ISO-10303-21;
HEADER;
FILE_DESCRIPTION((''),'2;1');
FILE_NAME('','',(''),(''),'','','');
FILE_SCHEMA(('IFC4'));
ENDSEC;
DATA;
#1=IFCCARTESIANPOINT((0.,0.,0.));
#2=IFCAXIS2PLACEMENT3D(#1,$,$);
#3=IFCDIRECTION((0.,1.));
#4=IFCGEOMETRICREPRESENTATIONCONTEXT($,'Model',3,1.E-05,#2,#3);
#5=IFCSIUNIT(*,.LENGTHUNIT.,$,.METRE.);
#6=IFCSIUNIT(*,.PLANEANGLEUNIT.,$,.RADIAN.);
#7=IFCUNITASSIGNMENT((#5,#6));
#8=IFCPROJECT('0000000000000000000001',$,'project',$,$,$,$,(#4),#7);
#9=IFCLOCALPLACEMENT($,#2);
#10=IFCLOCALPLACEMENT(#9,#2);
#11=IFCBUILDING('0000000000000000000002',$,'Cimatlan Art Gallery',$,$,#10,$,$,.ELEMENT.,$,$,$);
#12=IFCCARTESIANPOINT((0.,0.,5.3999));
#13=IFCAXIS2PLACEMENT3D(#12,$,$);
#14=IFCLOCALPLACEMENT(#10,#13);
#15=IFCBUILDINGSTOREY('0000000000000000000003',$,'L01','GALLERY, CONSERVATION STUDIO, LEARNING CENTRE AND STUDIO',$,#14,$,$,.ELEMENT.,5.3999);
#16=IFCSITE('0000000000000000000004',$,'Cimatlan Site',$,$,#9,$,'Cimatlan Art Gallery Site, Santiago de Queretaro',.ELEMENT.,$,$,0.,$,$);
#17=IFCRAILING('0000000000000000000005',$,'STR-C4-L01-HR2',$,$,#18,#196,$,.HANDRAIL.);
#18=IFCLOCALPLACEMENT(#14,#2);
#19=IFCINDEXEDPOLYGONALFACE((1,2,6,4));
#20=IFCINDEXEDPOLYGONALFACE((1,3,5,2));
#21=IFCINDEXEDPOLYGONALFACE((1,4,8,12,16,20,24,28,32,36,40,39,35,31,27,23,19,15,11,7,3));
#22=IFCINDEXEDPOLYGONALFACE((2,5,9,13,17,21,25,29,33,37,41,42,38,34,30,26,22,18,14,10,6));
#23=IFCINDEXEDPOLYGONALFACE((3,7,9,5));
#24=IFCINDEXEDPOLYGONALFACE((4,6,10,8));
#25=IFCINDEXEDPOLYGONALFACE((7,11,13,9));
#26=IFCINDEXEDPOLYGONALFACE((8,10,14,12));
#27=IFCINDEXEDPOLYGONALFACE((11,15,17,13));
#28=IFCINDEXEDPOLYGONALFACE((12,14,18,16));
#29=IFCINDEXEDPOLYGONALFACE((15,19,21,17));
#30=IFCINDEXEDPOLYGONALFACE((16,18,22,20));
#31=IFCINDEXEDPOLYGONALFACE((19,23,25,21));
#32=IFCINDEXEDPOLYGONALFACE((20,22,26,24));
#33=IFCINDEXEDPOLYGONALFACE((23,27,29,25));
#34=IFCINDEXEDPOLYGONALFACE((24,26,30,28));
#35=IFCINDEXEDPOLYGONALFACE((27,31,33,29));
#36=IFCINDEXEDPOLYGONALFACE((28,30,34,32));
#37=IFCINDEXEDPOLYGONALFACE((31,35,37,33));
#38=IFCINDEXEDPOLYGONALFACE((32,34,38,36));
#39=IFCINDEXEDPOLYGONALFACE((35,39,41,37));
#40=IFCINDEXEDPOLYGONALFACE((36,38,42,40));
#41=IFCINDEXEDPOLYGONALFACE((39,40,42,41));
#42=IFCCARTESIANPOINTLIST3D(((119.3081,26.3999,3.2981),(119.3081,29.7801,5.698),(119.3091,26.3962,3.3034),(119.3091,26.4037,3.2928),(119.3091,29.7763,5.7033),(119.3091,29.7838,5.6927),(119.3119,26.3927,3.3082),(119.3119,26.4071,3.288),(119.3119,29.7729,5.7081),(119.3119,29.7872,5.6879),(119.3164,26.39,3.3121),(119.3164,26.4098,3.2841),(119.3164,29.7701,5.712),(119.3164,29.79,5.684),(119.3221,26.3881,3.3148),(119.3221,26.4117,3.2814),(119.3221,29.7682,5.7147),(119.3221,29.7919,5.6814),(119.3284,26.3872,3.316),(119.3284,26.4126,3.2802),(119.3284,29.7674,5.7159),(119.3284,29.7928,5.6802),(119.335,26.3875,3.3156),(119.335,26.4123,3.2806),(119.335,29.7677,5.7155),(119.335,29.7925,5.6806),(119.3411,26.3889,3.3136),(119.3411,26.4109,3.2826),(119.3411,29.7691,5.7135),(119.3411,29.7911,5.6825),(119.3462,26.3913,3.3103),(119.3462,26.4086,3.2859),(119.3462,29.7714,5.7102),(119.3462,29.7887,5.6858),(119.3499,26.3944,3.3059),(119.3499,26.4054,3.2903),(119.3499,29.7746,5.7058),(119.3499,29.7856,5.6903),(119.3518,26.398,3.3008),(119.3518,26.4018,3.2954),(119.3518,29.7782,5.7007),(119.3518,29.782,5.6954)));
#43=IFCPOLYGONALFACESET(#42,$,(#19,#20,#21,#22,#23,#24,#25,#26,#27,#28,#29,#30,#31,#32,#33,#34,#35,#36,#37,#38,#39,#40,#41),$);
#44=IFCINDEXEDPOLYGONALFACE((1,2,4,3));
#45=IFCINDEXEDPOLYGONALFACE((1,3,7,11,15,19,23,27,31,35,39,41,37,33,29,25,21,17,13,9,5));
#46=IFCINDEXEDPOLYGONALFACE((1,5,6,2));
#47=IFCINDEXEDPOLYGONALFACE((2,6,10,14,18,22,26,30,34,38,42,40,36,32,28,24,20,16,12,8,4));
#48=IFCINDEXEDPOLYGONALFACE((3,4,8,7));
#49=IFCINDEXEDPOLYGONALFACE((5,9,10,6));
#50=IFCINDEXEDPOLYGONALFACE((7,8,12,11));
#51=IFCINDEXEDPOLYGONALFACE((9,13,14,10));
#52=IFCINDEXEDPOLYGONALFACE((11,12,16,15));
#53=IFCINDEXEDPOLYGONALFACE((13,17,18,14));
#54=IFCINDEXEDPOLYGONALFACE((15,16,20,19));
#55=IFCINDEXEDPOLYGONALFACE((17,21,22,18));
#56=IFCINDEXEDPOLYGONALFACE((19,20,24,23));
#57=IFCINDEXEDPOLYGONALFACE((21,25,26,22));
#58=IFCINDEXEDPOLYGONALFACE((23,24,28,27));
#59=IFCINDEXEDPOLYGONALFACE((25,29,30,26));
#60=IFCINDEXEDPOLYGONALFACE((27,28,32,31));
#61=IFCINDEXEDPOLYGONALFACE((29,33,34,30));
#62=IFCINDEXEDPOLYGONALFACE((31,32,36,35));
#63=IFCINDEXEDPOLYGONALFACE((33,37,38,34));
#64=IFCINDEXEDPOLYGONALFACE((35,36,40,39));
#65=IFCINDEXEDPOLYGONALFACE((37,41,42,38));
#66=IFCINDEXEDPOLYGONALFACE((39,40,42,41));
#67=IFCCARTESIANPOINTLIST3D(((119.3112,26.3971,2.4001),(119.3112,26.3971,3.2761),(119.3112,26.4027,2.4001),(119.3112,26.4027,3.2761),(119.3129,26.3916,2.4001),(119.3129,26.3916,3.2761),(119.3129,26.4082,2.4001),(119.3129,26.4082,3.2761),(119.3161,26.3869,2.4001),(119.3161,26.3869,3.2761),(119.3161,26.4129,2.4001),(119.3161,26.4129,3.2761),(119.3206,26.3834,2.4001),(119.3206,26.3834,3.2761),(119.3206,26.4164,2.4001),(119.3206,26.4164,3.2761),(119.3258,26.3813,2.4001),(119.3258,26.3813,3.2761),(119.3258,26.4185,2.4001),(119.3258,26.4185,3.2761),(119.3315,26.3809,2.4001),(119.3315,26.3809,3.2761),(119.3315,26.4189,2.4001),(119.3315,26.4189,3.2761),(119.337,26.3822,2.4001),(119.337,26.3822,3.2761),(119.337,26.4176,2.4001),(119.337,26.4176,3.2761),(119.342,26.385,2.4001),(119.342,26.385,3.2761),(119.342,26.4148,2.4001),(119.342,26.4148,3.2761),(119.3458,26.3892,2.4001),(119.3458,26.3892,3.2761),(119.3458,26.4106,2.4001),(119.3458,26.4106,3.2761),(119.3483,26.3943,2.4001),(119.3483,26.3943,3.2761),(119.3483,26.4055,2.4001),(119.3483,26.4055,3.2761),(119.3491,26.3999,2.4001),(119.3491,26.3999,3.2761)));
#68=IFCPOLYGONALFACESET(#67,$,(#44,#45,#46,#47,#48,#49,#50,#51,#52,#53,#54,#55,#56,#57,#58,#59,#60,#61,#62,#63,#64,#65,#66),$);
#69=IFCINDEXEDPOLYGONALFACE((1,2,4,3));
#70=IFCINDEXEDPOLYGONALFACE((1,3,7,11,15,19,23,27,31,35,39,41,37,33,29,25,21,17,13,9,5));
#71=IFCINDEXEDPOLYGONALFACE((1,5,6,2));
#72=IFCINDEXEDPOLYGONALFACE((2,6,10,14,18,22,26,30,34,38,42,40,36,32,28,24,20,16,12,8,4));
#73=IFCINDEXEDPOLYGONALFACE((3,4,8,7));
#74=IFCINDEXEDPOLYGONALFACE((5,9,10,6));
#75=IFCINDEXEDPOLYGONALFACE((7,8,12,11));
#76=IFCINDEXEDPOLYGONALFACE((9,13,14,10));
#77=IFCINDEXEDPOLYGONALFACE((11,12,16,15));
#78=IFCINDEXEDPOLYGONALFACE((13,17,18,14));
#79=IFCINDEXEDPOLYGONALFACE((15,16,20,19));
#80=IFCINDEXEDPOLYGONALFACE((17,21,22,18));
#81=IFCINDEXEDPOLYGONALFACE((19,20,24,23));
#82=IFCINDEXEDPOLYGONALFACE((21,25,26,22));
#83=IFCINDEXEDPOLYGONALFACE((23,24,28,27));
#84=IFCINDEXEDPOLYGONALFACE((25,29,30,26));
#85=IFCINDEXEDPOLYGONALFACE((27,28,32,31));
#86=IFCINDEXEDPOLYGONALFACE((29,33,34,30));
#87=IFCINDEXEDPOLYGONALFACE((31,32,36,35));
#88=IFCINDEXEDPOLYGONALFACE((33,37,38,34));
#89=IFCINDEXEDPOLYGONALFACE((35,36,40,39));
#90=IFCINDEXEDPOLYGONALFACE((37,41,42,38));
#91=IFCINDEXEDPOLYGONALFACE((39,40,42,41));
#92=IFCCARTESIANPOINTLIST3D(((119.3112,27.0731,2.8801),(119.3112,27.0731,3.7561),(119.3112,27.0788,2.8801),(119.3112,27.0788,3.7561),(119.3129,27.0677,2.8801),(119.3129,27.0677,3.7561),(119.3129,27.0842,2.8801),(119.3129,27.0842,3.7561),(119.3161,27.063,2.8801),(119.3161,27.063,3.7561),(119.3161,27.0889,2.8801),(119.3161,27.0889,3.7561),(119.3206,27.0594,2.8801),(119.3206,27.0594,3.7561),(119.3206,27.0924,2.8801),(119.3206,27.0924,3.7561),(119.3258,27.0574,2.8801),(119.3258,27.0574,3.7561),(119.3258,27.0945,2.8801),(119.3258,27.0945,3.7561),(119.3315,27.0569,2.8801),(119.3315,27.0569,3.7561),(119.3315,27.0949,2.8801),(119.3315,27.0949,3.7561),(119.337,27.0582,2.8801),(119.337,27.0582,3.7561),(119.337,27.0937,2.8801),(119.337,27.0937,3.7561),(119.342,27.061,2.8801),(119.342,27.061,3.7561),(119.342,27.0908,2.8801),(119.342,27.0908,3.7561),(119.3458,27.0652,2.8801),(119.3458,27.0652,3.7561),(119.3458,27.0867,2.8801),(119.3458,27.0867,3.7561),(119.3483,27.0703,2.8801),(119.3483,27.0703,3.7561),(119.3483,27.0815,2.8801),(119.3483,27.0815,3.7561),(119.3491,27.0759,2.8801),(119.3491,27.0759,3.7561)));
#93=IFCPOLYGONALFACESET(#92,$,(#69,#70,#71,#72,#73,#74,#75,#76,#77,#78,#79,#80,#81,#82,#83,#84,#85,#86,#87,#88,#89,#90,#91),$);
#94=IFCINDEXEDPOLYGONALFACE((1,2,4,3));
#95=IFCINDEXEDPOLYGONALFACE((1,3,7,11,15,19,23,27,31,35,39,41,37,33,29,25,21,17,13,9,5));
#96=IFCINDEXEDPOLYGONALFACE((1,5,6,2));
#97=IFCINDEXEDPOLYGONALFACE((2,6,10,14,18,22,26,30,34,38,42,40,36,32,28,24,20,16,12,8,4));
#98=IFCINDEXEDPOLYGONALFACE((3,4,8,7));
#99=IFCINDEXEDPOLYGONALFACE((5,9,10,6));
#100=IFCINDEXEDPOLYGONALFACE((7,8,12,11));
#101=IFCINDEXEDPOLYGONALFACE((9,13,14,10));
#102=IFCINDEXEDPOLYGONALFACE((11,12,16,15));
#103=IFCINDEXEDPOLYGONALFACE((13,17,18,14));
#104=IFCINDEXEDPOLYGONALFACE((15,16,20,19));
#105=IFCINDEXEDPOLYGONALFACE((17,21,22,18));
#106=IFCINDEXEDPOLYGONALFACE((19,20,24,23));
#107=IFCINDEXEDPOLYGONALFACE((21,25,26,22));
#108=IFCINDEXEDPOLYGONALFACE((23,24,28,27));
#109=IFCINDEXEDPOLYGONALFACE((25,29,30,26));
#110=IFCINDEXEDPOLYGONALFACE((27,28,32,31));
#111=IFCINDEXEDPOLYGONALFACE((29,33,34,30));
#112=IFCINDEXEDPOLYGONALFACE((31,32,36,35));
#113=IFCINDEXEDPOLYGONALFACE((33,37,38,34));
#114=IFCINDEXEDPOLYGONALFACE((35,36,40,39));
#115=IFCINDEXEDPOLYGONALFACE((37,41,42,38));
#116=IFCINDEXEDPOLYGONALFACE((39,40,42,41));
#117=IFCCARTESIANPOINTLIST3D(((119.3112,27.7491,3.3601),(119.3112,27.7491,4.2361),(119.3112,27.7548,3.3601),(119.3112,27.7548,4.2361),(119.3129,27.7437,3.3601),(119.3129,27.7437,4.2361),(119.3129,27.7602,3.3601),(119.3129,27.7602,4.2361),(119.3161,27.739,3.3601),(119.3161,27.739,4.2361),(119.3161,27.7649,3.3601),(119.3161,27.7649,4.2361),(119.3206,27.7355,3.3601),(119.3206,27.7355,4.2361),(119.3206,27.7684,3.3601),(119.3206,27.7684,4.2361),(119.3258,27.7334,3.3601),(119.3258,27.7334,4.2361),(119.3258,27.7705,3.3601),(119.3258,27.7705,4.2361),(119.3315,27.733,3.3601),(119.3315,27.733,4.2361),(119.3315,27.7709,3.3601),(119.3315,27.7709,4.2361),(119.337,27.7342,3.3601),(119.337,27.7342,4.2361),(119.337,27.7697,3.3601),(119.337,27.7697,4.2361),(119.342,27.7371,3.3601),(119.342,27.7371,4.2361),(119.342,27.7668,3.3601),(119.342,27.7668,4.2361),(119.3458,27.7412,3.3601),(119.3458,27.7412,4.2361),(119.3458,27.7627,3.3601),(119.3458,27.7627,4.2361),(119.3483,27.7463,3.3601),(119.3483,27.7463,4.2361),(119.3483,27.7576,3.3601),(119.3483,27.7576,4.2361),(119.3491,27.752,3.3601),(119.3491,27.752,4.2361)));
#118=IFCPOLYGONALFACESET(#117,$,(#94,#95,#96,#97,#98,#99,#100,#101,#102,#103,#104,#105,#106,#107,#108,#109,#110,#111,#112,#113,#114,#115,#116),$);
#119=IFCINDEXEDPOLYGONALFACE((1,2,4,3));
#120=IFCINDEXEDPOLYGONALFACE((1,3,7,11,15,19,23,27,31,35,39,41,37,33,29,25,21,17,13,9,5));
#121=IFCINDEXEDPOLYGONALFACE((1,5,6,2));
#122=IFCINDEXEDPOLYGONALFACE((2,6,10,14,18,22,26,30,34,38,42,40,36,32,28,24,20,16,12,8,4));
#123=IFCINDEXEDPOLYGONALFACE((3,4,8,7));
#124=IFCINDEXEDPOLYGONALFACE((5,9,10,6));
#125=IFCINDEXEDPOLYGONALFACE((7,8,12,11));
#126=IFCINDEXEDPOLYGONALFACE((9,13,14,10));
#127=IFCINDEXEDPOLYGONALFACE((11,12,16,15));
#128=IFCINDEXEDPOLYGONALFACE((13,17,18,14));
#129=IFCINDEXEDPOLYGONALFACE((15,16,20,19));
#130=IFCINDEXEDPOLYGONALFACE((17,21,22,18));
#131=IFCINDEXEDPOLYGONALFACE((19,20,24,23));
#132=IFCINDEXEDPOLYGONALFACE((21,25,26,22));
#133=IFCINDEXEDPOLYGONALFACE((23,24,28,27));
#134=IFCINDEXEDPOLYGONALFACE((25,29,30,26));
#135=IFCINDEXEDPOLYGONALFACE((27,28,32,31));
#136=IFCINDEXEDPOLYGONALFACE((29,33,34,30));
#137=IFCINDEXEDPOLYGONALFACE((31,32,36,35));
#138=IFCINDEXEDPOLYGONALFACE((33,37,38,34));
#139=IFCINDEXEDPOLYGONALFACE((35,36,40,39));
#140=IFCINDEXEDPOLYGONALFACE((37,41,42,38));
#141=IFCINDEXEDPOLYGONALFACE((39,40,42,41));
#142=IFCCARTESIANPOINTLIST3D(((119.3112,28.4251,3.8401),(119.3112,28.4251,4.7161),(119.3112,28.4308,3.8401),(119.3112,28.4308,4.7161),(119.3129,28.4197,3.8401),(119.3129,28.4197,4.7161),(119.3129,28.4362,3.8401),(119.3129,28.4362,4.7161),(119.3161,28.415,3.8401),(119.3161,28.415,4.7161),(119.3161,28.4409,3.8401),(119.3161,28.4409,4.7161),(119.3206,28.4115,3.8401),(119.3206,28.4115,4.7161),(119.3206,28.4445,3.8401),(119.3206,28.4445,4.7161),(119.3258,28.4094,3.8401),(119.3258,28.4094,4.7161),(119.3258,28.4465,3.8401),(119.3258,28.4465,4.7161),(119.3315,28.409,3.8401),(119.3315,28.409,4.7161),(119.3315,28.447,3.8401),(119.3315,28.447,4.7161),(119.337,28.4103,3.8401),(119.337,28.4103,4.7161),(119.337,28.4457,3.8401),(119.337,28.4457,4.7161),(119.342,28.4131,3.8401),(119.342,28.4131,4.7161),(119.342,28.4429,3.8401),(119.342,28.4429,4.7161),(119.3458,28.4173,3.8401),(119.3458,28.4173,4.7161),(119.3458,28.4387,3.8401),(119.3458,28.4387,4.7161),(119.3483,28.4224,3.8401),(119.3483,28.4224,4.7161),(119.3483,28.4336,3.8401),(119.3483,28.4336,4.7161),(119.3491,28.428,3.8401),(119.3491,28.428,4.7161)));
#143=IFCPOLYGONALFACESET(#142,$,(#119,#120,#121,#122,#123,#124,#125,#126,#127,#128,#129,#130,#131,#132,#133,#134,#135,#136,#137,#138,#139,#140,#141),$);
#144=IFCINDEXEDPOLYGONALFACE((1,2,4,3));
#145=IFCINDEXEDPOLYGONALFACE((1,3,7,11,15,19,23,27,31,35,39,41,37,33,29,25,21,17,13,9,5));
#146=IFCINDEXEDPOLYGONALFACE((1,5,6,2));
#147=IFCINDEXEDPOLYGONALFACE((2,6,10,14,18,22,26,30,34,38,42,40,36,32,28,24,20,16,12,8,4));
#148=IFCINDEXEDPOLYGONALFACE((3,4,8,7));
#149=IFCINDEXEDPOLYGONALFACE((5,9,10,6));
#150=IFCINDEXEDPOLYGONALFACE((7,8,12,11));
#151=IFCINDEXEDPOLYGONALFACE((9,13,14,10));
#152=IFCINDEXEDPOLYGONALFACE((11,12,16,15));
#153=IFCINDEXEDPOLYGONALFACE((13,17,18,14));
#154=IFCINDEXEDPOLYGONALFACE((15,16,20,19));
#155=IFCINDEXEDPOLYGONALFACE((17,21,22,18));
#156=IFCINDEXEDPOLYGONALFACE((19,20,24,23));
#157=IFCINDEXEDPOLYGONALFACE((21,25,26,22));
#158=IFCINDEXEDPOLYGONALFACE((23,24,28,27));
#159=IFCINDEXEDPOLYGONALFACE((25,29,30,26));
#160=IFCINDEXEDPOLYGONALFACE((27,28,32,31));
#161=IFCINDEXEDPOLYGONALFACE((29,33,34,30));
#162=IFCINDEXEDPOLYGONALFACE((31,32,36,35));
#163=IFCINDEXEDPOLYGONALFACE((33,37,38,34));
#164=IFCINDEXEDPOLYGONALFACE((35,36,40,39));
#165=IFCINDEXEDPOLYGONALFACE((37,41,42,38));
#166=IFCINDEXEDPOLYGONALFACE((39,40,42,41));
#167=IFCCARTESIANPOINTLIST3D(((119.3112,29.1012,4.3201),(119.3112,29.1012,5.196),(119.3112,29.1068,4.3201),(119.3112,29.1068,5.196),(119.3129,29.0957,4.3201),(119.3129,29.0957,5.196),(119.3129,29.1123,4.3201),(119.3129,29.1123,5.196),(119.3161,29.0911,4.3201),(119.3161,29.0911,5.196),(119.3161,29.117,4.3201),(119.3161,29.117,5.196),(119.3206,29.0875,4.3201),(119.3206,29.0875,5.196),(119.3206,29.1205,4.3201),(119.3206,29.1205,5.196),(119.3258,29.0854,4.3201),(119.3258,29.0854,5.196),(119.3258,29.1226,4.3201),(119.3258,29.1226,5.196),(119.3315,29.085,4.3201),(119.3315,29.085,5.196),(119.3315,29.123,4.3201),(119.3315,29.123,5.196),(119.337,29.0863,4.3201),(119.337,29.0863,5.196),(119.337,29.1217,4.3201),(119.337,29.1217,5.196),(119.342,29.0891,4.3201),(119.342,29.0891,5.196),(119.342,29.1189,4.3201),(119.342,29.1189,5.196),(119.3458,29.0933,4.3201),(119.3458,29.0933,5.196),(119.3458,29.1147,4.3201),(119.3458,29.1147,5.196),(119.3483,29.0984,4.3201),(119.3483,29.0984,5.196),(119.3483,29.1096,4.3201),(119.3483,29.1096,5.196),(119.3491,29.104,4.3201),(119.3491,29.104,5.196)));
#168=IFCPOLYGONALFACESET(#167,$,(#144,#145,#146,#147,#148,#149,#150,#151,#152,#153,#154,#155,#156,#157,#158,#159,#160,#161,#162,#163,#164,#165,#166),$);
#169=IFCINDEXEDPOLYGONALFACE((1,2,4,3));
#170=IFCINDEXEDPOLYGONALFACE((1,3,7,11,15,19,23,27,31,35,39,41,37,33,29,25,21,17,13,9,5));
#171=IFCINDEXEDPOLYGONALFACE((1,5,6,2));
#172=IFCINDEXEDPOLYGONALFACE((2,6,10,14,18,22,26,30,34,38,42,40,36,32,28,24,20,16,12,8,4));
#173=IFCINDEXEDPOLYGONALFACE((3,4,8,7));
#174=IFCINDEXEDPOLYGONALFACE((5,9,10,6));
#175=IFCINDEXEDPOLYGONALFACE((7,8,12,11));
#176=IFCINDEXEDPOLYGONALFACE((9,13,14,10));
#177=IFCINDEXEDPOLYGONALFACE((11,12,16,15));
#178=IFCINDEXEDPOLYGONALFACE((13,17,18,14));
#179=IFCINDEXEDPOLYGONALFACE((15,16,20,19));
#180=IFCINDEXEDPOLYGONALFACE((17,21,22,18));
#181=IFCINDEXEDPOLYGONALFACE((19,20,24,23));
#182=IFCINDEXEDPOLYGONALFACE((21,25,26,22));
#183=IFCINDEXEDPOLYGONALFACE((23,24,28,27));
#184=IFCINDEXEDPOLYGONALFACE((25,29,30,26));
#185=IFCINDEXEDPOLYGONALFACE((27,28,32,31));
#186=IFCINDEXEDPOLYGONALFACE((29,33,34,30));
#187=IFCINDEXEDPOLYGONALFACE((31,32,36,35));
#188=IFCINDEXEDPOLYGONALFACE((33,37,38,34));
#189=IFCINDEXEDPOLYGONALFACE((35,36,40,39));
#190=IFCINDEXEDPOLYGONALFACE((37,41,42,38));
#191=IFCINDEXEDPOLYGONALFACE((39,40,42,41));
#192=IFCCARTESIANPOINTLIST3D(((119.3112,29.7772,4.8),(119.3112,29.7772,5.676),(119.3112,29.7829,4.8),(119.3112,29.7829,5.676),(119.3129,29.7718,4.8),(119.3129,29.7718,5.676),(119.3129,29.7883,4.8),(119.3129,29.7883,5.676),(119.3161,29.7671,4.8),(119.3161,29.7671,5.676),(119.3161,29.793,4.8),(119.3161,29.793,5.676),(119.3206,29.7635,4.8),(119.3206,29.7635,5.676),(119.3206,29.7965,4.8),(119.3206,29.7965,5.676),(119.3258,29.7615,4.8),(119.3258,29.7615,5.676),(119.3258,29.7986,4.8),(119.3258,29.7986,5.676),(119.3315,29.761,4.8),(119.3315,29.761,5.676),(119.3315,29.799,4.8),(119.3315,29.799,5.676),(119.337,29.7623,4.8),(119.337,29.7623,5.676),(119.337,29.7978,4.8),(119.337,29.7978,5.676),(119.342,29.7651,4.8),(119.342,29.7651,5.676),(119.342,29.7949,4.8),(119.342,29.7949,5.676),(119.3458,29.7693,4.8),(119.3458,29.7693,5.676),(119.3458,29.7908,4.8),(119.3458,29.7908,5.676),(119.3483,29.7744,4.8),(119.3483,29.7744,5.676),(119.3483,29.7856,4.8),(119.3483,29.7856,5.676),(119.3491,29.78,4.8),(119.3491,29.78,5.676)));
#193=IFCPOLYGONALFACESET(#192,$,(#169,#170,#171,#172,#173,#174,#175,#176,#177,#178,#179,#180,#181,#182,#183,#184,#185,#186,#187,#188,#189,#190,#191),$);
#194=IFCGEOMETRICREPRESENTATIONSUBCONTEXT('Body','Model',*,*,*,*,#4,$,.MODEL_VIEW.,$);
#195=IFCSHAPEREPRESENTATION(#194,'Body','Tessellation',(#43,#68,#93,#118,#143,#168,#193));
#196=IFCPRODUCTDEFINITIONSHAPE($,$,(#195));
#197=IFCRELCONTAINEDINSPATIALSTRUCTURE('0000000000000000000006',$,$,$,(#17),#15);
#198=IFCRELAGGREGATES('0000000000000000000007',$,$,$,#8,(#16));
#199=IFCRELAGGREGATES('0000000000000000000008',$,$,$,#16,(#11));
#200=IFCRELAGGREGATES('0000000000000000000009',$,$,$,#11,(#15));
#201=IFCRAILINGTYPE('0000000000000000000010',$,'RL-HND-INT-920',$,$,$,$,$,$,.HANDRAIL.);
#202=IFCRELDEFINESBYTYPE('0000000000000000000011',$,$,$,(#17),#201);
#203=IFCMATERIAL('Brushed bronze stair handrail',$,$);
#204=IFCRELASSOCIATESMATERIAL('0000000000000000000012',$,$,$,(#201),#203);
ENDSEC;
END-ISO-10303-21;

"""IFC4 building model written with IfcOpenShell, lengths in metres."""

from ifc_helpers import new_model, si_unit, direction, frame, origin, origin_2d, place, context, subcontext, project, spatial, circle, extrude, material, type_object, element, save


model = new_model("IFC4")

# Units and contexts
model_context = context("Model", 3, precision=1e-05, world=origin(), true_north=direction((0.0, 1.0)))
body_context = subcontext(model_context, "Body", "Model", "MODEL_VIEW")
ifc_project = project(units=[si_unit("LENGTHUNIT", "METRE"), si_unit("PLANEANGLEUNIT", "RADIAN")], contexts=[model_context])

# Site, building, storey
site_placement = place(None, origin())
site = spatial("IfcSite", under=ifc_project, at=site_placement, Name="Cimatlan Site", LongName="Cimatlan Art Gallery Site, Santiago de Queretaro", CompositionType="ELEMENT", RefElevation=0.0)
building_placement = place(site_placement, origin())
building = spatial("IfcBuilding", under=site, at=building_placement, Name="Cimatlan Art Gallery", CompositionType="ELEMENT")
storey_placement = place(building_placement, frame((0.0, 0.0, 5.3999)))
storey = spatial("IfcBuildingStorey", under=building, at=storey_placement, Name="L01", Description="GALLERY, CONSERVATION STUDIO, LEARNING CENTRE AND STUDIO", CompositionType="ELEMENT", Elevation=5.3999)

# Railing
ifc_material_1 = material(Name="Brushed bronze stair handrail")
railing_type_1 = type_object("IfcRailingType", Name="RL-HND-INT-920", PredefinedType="HANDRAIL", material=ifc_material_1)
railing_1_placement = place(storey_placement, frame((119.3301, 26.3999, 2.4001)))
element("IfcRailing", 1, at=railing_1_placement, inside=storey, type_object=railing_type_1, Name="STR-C4-L01-HR2", PredefinedType="HANDRAIL", context=body_context, shape_type="SweptSolid", body=[
    extrude(circle(Radius=0.022, at=origin_2d()), frame((0.0, 0.0, 0.8979), z_axis=(0.0, 0.815382, 0.578924), x_axis=(-1.0, 0.0, 0.0)), (0.0, 0.0, 1.0), 4.1455),
    extrude(circle(Radius=0.019, at=origin_2d()), origin(), (0.0, 0.0, 1.0), 0.876),
    extrude(circle(Radius=0.019, at=origin_2d()), frame((0.0, 0.676, 0.48)), (0.0, 0.0, 1.0), 0.876),
    extrude(circle(Radius=0.019, at=origin_2d()), frame((0.0, 1.3521, 0.96)), (0.0, 0.0, 1.0), 0.876),
    extrude(circle(Radius=0.019, at=origin_2d()), frame((0.0, 2.0281, 1.4399)), (0.0, 0.0, 1.0), 0.876),
    extrude(circle(Radius=0.019, at=origin_2d()), frame((0.0, 2.7041, 1.9199)), (0.0, 0.0, 1.0), 0.876),
    extrude(circle(Radius=0.019, at=origin_2d()), frame((0.0, 3.3801, 2.3999)), (0.0, 0.0, 1.0), 0.876),
])

save(model, "model.ifc")
